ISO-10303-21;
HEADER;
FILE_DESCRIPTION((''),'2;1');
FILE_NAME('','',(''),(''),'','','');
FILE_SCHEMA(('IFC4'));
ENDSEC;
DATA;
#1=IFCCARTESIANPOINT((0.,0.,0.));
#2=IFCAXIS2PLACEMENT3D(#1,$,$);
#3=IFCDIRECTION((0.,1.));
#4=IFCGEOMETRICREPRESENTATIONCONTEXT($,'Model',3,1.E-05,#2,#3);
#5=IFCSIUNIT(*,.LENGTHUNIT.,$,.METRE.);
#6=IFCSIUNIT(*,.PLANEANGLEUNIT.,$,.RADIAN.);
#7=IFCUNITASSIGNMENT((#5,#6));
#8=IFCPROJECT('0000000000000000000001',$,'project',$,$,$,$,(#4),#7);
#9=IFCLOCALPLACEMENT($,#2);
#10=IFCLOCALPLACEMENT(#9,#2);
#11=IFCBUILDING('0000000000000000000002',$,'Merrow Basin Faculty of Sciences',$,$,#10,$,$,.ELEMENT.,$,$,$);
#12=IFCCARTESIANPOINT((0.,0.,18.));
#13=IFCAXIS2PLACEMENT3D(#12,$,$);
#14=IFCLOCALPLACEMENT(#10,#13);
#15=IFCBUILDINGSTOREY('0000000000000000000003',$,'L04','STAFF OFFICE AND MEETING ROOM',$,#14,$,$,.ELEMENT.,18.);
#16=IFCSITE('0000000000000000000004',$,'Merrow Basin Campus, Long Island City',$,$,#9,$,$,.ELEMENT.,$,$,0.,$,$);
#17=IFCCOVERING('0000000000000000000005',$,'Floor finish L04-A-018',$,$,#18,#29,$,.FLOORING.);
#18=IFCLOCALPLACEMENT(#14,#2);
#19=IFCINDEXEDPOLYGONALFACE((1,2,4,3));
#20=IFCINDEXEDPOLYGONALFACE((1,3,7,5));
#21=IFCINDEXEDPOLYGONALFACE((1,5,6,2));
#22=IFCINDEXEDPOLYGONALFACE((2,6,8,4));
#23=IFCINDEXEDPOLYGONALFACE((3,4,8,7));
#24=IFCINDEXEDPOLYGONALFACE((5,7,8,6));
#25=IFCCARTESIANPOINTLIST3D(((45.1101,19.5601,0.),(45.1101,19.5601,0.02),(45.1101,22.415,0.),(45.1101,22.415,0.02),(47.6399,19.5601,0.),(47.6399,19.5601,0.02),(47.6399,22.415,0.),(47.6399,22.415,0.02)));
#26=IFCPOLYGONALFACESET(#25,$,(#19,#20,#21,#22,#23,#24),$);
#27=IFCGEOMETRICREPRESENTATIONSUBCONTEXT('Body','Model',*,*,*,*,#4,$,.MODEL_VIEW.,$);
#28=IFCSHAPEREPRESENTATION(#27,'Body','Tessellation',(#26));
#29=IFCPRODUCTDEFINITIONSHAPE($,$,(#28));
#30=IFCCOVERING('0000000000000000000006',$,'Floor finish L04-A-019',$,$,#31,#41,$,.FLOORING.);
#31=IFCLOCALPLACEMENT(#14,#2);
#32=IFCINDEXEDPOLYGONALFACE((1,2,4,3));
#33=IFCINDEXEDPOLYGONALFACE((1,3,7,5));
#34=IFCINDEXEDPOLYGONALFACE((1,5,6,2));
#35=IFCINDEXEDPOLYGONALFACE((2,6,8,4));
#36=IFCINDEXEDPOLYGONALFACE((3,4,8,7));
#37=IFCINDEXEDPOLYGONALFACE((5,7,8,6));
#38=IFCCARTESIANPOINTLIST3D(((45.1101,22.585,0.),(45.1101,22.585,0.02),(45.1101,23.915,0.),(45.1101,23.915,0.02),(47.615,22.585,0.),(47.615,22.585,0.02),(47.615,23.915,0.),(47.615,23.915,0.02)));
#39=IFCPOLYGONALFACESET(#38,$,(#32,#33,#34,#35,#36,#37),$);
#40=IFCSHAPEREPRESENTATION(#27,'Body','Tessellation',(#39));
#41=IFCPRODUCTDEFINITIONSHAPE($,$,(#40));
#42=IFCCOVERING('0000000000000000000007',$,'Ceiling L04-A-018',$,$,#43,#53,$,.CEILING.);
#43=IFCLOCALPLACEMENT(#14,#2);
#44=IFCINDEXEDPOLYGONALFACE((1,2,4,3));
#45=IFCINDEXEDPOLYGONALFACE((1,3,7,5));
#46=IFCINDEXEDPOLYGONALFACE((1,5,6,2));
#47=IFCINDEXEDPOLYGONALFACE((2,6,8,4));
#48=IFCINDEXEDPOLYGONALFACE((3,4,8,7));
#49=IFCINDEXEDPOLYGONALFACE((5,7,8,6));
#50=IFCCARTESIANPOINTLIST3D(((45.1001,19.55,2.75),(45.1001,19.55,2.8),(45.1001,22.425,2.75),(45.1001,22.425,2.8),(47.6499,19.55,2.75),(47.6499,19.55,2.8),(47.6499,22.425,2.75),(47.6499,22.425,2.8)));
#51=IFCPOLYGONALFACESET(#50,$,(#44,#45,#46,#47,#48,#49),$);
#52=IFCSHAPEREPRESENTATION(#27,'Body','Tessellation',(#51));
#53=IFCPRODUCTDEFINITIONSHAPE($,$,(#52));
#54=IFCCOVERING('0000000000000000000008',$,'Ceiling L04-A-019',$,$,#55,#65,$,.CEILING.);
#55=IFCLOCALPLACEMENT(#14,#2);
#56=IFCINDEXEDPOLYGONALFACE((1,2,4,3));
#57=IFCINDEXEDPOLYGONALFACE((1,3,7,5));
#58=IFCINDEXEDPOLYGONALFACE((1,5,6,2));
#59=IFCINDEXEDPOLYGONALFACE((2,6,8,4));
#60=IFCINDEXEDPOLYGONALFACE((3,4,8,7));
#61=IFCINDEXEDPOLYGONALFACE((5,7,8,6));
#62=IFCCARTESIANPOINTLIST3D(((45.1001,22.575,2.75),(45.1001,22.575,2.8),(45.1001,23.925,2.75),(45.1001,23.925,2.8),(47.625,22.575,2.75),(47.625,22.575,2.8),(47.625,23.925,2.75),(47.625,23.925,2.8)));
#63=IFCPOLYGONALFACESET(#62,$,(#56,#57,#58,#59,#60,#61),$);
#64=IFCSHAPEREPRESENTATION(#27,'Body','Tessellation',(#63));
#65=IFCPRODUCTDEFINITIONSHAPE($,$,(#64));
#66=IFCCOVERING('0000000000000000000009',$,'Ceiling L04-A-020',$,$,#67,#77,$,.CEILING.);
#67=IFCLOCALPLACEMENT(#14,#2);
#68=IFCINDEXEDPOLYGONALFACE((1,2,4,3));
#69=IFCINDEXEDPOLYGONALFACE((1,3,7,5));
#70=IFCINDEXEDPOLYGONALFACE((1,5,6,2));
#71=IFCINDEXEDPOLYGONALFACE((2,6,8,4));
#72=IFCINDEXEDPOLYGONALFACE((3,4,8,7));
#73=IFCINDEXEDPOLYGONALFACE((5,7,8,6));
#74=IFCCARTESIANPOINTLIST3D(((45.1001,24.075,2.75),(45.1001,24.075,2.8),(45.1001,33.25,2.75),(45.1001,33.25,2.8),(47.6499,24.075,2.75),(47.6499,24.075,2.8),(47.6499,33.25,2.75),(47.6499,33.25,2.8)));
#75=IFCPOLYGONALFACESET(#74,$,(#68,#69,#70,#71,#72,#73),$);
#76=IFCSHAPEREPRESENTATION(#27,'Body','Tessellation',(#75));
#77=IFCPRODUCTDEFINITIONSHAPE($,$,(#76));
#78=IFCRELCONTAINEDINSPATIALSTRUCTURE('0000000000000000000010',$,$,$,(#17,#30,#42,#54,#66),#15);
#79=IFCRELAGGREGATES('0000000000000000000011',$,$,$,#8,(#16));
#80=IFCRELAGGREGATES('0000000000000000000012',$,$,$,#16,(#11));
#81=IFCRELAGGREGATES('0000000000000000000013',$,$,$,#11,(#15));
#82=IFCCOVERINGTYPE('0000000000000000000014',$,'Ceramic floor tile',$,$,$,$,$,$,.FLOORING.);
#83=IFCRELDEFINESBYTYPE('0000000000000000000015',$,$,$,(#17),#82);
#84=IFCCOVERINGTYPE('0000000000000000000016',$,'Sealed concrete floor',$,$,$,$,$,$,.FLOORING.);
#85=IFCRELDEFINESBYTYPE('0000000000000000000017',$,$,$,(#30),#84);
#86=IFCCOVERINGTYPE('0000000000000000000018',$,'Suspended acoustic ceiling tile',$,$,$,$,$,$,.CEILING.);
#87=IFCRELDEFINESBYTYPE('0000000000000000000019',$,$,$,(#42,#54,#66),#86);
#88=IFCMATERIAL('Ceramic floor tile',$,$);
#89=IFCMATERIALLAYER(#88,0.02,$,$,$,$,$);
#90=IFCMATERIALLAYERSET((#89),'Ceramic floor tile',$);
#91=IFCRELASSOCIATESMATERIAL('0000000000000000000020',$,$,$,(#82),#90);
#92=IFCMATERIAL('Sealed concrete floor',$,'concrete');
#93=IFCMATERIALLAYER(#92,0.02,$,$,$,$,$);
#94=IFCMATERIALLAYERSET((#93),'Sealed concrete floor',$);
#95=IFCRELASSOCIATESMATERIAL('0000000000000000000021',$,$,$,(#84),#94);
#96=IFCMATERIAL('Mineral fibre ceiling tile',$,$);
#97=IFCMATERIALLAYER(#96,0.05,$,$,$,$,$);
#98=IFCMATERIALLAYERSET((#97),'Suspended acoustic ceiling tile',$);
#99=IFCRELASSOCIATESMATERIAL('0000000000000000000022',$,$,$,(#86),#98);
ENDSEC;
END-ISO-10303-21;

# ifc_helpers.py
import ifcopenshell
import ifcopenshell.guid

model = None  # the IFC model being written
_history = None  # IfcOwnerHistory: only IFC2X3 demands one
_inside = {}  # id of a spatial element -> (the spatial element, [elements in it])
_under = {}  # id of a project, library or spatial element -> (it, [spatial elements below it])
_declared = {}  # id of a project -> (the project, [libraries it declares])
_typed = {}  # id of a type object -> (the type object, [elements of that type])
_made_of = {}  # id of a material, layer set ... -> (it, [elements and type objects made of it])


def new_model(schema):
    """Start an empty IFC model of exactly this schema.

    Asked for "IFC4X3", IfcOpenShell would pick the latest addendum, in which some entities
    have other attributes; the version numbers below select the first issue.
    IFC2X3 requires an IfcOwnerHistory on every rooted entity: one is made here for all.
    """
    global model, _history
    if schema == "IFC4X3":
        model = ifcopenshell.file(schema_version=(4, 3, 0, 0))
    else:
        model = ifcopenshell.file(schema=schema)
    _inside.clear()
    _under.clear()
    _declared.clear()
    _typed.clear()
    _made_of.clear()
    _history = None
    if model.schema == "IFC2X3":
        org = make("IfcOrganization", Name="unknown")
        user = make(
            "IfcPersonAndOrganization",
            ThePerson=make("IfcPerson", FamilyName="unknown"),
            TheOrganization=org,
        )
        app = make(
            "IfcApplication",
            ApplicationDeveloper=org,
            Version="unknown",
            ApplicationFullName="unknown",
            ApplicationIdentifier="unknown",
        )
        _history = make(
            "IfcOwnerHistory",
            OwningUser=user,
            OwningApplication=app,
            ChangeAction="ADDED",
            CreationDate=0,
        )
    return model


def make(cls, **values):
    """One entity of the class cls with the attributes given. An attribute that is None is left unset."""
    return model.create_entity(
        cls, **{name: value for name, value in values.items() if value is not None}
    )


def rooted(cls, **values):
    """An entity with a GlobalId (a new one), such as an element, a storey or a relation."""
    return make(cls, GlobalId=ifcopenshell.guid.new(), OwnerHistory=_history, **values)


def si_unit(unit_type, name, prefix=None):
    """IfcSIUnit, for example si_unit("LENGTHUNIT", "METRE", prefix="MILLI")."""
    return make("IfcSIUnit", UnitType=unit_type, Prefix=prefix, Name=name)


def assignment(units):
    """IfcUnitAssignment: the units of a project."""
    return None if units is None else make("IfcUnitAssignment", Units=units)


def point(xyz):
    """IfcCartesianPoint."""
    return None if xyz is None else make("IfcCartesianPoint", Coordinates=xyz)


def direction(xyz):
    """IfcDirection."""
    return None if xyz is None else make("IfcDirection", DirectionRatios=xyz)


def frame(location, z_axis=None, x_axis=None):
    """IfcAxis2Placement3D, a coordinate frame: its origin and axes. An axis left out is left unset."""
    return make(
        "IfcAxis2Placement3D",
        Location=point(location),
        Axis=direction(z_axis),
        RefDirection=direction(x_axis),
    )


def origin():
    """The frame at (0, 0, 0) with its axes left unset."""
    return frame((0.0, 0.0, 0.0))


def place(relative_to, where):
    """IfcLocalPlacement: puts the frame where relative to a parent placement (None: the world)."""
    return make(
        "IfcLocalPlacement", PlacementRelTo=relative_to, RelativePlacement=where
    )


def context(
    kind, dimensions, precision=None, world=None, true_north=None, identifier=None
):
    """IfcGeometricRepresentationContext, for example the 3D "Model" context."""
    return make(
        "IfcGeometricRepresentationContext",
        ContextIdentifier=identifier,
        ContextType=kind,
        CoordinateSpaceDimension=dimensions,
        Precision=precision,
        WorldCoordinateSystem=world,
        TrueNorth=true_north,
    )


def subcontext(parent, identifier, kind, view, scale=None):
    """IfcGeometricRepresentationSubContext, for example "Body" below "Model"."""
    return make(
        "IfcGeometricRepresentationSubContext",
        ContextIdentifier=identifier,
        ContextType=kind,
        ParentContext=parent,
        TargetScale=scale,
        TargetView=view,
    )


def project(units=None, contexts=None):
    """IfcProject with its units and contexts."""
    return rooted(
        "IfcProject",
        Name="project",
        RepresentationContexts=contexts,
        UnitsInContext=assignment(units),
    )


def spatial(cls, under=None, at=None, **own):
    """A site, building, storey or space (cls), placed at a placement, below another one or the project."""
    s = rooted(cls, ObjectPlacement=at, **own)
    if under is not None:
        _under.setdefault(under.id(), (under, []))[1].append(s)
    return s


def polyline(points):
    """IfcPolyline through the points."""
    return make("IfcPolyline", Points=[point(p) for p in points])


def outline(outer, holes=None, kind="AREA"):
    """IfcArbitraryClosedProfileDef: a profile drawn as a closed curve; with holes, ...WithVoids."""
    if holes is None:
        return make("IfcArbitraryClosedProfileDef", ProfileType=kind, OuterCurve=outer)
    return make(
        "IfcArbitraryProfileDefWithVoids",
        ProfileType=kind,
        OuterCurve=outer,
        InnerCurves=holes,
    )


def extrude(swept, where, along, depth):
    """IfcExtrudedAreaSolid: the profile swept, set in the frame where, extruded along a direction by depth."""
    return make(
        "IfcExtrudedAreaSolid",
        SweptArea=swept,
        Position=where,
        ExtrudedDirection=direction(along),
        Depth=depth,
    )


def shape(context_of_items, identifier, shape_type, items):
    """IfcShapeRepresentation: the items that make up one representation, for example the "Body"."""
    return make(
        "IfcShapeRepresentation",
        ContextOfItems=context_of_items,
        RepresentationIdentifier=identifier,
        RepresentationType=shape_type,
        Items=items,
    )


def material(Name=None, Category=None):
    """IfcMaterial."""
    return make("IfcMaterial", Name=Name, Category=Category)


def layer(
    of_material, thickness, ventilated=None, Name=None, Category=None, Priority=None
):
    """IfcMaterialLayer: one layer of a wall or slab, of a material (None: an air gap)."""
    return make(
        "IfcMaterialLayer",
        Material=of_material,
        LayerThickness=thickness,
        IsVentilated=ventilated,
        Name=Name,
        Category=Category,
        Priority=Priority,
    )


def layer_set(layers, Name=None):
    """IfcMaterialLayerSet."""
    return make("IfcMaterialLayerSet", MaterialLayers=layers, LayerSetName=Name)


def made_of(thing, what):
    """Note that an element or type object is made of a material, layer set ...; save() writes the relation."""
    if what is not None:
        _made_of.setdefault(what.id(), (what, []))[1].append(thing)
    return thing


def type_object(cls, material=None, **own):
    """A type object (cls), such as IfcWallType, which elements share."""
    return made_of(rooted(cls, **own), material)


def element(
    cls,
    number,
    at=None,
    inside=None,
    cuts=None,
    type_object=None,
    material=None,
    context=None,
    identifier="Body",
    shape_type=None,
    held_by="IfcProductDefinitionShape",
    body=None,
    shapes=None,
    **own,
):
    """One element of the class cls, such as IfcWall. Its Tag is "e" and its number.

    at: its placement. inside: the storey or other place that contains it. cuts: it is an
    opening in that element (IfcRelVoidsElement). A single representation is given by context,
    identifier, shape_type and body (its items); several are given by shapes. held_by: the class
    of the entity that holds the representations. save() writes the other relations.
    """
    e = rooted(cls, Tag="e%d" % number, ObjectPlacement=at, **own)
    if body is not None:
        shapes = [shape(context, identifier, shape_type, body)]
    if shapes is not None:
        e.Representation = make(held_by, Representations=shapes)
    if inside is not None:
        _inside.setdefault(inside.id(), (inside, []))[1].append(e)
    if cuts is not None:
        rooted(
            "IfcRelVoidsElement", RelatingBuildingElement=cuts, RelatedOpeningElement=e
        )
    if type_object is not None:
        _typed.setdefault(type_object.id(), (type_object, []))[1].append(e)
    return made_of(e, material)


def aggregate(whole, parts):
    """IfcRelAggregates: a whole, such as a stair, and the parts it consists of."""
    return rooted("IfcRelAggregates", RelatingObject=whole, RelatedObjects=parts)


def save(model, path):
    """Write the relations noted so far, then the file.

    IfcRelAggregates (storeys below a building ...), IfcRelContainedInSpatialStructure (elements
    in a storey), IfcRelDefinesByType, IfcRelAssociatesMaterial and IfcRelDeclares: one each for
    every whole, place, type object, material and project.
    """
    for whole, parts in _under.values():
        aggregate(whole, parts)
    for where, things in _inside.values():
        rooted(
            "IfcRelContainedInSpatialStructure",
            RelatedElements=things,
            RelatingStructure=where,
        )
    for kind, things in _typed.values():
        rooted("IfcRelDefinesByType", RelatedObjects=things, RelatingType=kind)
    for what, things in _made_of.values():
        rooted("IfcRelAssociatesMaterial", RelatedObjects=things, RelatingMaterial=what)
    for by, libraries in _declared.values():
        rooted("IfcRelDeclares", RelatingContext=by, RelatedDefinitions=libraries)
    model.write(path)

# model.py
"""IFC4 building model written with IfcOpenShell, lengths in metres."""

from ifc_helpers import new_model, si_unit, direction, frame, origin, place, context, subcontext, project, spatial, polyline, outline, extrude, material, layer, layer_set, type_object, element, save


model = new_model("IFC4")

# Units and contexts
model_context = context("Model", 3, precision=1e-05, world=origin(), true_north=direction((0.0, 1.0)))
body_context = subcontext(model_context, "Body", "Model", "MODEL_VIEW")
ifc_project = project(units=[si_unit("LENGTHUNIT", "METRE"), si_unit("PLANEANGLEUNIT", "RADIAN")], contexts=[model_context])

# Site, building, storey
site_placement = place(None, origin())
site = spatial("IfcSite", under=ifc_project, at=site_placement, Name="Merrow Basin Campus, Long Island City", CompositionType="ELEMENT", RefElevation=0.0)
building_placement = place(site_placement, origin())
building = spatial("IfcBuilding", under=site, at=building_placement, Name="Merrow Basin Faculty of Sciences", CompositionType="ELEMENT")
storey_placement = place(building_placement, frame((0.0, 0.0, 18.0)))
storey = spatial("IfcBuildingStorey", under=building, at=storey_placement, Name="L04", Description="STAFF OFFICE AND MEETING ROOM", CompositionType="ELEMENT", Elevation=18.0)

# Coverings
ifc_material_1 = material(Name="Ceramic floor tile")
ifc_layer_1 = layer(ifc_material_1, 0.02)
ifc_layer_set_1 = layer_set([ifc_layer_1], Name="Ceramic floor tile")
covering_type_1 = type_object("IfcCoveringType", Name="Ceramic floor tile", PredefinedType="FLOORING", material=ifc_layer_set_1)
covering_1_placement = place(storey_placement, origin())
element("IfcCovering", 1, at=covering_1_placement, inside=storey, type_object=covering_type_1, Name="Floor finish L04-A-018", PredefinedType="FLOORING", context=body_context, shape_type="SweptSolid", body=[
    extrude(outline(polyline([(47.6399, 19.5601), (45.1101, 19.5601), (45.1101, 22.415), (47.6399, 22.415), (47.6399, 19.5601)])), origin(), (0.0, 0.0, 1.0), 0.02),
])
ifc_material_2 = material(Name="Sealed concrete floor", Category="concrete")
ifc_layer_2 = layer(ifc_material_2, 0.02)
ifc_layer_set_2 = layer_set([ifc_layer_2], Name="Sealed concrete floor")
covering_type_2 = type_object("IfcCoveringType", Name="Sealed concrete floor", PredefinedType="FLOORING", material=ifc_layer_set_2)
covering_2_placement = place(storey_placement, origin())
element("IfcCovering", 2, at=covering_2_placement, inside=storey, type_object=covering_type_2, Name="Floor finish L04-A-019", PredefinedType="FLOORING", context=body_context, shape_type="SweptSolid", body=[
    extrude(outline(polyline([(45.1101, 23.915), (47.615, 23.915), (47.615, 22.585), (45.1101, 22.585), (45.1101, 23.915)])), origin(), (0.0, 0.0, 1.0), 0.02),
])
ifc_material_3 = material(Name="Mineral fibre ceiling tile")
ifc_layer_3 = layer(ifc_material_3, 0.05)
ifc_layer_set_3 = layer_set([ifc_layer_3], Name="Suspended acoustic ceiling tile")
covering_type_3 = type_object("IfcCoveringType", Name="Suspended acoustic ceiling tile", PredefinedType="CEILING", material=ifc_layer_set_3)
covering_3_placement = place(storey_placement, frame((0.0, 0.0, 2.75)))
element("IfcCovering", 3, at=covering_3_placement, inside=storey, type_object=covering_type_3, Name="Ceiling L04-A-018", PredefinedType="CEILING", context=body_context, shape_type="SweptSolid", body=[
    extrude(outline(polyline([(47.6499, 19.55), (45.1001, 19.55), (45.1001, 22.425), (47.6499, 22.425), (47.6499, 19.55)])), origin(), (0.0, 0.0, 1.0), 0.05),
])
covering_4_placement = place(storey_placement, frame((0.0, 0.0, 2.75)))
element("IfcCovering", 4, at=covering_4_placement, inside=storey, type_object=covering_type_3, Name="Ceiling L04-A-019", PredefinedType="CEILING", context=body_context, shape_type="SweptSolid", body=[
    extrude(outline(polyline([(45.1001, 23.925), (47.625, 23.925), (47.625, 22.575), (45.1001, 22.575), (45.1001, 23.925)])), origin(), (0.0, 0.0, 1.0), 0.05),
])
covering_5_placement = place(storey_placement, frame((0.0, 0.0, 2.75)))
element("IfcCovering", 5, at=covering_5_placement, inside=storey, type_object=covering_type_3, Name="Ceiling L04-A-020", PredefinedType="CEILING", context=body_context, shape_type="SweptSolid", body=[
    extrude(outline(polyline([(45.1001, 33.25), (47.6499, 33.25), (47.6499, 24.075), (45.1001, 24.075), (45.1001, 33.25)])), origin(), (0.0, 0.0, 1.0), 0.05),
])

save(model, "model.ifc")
